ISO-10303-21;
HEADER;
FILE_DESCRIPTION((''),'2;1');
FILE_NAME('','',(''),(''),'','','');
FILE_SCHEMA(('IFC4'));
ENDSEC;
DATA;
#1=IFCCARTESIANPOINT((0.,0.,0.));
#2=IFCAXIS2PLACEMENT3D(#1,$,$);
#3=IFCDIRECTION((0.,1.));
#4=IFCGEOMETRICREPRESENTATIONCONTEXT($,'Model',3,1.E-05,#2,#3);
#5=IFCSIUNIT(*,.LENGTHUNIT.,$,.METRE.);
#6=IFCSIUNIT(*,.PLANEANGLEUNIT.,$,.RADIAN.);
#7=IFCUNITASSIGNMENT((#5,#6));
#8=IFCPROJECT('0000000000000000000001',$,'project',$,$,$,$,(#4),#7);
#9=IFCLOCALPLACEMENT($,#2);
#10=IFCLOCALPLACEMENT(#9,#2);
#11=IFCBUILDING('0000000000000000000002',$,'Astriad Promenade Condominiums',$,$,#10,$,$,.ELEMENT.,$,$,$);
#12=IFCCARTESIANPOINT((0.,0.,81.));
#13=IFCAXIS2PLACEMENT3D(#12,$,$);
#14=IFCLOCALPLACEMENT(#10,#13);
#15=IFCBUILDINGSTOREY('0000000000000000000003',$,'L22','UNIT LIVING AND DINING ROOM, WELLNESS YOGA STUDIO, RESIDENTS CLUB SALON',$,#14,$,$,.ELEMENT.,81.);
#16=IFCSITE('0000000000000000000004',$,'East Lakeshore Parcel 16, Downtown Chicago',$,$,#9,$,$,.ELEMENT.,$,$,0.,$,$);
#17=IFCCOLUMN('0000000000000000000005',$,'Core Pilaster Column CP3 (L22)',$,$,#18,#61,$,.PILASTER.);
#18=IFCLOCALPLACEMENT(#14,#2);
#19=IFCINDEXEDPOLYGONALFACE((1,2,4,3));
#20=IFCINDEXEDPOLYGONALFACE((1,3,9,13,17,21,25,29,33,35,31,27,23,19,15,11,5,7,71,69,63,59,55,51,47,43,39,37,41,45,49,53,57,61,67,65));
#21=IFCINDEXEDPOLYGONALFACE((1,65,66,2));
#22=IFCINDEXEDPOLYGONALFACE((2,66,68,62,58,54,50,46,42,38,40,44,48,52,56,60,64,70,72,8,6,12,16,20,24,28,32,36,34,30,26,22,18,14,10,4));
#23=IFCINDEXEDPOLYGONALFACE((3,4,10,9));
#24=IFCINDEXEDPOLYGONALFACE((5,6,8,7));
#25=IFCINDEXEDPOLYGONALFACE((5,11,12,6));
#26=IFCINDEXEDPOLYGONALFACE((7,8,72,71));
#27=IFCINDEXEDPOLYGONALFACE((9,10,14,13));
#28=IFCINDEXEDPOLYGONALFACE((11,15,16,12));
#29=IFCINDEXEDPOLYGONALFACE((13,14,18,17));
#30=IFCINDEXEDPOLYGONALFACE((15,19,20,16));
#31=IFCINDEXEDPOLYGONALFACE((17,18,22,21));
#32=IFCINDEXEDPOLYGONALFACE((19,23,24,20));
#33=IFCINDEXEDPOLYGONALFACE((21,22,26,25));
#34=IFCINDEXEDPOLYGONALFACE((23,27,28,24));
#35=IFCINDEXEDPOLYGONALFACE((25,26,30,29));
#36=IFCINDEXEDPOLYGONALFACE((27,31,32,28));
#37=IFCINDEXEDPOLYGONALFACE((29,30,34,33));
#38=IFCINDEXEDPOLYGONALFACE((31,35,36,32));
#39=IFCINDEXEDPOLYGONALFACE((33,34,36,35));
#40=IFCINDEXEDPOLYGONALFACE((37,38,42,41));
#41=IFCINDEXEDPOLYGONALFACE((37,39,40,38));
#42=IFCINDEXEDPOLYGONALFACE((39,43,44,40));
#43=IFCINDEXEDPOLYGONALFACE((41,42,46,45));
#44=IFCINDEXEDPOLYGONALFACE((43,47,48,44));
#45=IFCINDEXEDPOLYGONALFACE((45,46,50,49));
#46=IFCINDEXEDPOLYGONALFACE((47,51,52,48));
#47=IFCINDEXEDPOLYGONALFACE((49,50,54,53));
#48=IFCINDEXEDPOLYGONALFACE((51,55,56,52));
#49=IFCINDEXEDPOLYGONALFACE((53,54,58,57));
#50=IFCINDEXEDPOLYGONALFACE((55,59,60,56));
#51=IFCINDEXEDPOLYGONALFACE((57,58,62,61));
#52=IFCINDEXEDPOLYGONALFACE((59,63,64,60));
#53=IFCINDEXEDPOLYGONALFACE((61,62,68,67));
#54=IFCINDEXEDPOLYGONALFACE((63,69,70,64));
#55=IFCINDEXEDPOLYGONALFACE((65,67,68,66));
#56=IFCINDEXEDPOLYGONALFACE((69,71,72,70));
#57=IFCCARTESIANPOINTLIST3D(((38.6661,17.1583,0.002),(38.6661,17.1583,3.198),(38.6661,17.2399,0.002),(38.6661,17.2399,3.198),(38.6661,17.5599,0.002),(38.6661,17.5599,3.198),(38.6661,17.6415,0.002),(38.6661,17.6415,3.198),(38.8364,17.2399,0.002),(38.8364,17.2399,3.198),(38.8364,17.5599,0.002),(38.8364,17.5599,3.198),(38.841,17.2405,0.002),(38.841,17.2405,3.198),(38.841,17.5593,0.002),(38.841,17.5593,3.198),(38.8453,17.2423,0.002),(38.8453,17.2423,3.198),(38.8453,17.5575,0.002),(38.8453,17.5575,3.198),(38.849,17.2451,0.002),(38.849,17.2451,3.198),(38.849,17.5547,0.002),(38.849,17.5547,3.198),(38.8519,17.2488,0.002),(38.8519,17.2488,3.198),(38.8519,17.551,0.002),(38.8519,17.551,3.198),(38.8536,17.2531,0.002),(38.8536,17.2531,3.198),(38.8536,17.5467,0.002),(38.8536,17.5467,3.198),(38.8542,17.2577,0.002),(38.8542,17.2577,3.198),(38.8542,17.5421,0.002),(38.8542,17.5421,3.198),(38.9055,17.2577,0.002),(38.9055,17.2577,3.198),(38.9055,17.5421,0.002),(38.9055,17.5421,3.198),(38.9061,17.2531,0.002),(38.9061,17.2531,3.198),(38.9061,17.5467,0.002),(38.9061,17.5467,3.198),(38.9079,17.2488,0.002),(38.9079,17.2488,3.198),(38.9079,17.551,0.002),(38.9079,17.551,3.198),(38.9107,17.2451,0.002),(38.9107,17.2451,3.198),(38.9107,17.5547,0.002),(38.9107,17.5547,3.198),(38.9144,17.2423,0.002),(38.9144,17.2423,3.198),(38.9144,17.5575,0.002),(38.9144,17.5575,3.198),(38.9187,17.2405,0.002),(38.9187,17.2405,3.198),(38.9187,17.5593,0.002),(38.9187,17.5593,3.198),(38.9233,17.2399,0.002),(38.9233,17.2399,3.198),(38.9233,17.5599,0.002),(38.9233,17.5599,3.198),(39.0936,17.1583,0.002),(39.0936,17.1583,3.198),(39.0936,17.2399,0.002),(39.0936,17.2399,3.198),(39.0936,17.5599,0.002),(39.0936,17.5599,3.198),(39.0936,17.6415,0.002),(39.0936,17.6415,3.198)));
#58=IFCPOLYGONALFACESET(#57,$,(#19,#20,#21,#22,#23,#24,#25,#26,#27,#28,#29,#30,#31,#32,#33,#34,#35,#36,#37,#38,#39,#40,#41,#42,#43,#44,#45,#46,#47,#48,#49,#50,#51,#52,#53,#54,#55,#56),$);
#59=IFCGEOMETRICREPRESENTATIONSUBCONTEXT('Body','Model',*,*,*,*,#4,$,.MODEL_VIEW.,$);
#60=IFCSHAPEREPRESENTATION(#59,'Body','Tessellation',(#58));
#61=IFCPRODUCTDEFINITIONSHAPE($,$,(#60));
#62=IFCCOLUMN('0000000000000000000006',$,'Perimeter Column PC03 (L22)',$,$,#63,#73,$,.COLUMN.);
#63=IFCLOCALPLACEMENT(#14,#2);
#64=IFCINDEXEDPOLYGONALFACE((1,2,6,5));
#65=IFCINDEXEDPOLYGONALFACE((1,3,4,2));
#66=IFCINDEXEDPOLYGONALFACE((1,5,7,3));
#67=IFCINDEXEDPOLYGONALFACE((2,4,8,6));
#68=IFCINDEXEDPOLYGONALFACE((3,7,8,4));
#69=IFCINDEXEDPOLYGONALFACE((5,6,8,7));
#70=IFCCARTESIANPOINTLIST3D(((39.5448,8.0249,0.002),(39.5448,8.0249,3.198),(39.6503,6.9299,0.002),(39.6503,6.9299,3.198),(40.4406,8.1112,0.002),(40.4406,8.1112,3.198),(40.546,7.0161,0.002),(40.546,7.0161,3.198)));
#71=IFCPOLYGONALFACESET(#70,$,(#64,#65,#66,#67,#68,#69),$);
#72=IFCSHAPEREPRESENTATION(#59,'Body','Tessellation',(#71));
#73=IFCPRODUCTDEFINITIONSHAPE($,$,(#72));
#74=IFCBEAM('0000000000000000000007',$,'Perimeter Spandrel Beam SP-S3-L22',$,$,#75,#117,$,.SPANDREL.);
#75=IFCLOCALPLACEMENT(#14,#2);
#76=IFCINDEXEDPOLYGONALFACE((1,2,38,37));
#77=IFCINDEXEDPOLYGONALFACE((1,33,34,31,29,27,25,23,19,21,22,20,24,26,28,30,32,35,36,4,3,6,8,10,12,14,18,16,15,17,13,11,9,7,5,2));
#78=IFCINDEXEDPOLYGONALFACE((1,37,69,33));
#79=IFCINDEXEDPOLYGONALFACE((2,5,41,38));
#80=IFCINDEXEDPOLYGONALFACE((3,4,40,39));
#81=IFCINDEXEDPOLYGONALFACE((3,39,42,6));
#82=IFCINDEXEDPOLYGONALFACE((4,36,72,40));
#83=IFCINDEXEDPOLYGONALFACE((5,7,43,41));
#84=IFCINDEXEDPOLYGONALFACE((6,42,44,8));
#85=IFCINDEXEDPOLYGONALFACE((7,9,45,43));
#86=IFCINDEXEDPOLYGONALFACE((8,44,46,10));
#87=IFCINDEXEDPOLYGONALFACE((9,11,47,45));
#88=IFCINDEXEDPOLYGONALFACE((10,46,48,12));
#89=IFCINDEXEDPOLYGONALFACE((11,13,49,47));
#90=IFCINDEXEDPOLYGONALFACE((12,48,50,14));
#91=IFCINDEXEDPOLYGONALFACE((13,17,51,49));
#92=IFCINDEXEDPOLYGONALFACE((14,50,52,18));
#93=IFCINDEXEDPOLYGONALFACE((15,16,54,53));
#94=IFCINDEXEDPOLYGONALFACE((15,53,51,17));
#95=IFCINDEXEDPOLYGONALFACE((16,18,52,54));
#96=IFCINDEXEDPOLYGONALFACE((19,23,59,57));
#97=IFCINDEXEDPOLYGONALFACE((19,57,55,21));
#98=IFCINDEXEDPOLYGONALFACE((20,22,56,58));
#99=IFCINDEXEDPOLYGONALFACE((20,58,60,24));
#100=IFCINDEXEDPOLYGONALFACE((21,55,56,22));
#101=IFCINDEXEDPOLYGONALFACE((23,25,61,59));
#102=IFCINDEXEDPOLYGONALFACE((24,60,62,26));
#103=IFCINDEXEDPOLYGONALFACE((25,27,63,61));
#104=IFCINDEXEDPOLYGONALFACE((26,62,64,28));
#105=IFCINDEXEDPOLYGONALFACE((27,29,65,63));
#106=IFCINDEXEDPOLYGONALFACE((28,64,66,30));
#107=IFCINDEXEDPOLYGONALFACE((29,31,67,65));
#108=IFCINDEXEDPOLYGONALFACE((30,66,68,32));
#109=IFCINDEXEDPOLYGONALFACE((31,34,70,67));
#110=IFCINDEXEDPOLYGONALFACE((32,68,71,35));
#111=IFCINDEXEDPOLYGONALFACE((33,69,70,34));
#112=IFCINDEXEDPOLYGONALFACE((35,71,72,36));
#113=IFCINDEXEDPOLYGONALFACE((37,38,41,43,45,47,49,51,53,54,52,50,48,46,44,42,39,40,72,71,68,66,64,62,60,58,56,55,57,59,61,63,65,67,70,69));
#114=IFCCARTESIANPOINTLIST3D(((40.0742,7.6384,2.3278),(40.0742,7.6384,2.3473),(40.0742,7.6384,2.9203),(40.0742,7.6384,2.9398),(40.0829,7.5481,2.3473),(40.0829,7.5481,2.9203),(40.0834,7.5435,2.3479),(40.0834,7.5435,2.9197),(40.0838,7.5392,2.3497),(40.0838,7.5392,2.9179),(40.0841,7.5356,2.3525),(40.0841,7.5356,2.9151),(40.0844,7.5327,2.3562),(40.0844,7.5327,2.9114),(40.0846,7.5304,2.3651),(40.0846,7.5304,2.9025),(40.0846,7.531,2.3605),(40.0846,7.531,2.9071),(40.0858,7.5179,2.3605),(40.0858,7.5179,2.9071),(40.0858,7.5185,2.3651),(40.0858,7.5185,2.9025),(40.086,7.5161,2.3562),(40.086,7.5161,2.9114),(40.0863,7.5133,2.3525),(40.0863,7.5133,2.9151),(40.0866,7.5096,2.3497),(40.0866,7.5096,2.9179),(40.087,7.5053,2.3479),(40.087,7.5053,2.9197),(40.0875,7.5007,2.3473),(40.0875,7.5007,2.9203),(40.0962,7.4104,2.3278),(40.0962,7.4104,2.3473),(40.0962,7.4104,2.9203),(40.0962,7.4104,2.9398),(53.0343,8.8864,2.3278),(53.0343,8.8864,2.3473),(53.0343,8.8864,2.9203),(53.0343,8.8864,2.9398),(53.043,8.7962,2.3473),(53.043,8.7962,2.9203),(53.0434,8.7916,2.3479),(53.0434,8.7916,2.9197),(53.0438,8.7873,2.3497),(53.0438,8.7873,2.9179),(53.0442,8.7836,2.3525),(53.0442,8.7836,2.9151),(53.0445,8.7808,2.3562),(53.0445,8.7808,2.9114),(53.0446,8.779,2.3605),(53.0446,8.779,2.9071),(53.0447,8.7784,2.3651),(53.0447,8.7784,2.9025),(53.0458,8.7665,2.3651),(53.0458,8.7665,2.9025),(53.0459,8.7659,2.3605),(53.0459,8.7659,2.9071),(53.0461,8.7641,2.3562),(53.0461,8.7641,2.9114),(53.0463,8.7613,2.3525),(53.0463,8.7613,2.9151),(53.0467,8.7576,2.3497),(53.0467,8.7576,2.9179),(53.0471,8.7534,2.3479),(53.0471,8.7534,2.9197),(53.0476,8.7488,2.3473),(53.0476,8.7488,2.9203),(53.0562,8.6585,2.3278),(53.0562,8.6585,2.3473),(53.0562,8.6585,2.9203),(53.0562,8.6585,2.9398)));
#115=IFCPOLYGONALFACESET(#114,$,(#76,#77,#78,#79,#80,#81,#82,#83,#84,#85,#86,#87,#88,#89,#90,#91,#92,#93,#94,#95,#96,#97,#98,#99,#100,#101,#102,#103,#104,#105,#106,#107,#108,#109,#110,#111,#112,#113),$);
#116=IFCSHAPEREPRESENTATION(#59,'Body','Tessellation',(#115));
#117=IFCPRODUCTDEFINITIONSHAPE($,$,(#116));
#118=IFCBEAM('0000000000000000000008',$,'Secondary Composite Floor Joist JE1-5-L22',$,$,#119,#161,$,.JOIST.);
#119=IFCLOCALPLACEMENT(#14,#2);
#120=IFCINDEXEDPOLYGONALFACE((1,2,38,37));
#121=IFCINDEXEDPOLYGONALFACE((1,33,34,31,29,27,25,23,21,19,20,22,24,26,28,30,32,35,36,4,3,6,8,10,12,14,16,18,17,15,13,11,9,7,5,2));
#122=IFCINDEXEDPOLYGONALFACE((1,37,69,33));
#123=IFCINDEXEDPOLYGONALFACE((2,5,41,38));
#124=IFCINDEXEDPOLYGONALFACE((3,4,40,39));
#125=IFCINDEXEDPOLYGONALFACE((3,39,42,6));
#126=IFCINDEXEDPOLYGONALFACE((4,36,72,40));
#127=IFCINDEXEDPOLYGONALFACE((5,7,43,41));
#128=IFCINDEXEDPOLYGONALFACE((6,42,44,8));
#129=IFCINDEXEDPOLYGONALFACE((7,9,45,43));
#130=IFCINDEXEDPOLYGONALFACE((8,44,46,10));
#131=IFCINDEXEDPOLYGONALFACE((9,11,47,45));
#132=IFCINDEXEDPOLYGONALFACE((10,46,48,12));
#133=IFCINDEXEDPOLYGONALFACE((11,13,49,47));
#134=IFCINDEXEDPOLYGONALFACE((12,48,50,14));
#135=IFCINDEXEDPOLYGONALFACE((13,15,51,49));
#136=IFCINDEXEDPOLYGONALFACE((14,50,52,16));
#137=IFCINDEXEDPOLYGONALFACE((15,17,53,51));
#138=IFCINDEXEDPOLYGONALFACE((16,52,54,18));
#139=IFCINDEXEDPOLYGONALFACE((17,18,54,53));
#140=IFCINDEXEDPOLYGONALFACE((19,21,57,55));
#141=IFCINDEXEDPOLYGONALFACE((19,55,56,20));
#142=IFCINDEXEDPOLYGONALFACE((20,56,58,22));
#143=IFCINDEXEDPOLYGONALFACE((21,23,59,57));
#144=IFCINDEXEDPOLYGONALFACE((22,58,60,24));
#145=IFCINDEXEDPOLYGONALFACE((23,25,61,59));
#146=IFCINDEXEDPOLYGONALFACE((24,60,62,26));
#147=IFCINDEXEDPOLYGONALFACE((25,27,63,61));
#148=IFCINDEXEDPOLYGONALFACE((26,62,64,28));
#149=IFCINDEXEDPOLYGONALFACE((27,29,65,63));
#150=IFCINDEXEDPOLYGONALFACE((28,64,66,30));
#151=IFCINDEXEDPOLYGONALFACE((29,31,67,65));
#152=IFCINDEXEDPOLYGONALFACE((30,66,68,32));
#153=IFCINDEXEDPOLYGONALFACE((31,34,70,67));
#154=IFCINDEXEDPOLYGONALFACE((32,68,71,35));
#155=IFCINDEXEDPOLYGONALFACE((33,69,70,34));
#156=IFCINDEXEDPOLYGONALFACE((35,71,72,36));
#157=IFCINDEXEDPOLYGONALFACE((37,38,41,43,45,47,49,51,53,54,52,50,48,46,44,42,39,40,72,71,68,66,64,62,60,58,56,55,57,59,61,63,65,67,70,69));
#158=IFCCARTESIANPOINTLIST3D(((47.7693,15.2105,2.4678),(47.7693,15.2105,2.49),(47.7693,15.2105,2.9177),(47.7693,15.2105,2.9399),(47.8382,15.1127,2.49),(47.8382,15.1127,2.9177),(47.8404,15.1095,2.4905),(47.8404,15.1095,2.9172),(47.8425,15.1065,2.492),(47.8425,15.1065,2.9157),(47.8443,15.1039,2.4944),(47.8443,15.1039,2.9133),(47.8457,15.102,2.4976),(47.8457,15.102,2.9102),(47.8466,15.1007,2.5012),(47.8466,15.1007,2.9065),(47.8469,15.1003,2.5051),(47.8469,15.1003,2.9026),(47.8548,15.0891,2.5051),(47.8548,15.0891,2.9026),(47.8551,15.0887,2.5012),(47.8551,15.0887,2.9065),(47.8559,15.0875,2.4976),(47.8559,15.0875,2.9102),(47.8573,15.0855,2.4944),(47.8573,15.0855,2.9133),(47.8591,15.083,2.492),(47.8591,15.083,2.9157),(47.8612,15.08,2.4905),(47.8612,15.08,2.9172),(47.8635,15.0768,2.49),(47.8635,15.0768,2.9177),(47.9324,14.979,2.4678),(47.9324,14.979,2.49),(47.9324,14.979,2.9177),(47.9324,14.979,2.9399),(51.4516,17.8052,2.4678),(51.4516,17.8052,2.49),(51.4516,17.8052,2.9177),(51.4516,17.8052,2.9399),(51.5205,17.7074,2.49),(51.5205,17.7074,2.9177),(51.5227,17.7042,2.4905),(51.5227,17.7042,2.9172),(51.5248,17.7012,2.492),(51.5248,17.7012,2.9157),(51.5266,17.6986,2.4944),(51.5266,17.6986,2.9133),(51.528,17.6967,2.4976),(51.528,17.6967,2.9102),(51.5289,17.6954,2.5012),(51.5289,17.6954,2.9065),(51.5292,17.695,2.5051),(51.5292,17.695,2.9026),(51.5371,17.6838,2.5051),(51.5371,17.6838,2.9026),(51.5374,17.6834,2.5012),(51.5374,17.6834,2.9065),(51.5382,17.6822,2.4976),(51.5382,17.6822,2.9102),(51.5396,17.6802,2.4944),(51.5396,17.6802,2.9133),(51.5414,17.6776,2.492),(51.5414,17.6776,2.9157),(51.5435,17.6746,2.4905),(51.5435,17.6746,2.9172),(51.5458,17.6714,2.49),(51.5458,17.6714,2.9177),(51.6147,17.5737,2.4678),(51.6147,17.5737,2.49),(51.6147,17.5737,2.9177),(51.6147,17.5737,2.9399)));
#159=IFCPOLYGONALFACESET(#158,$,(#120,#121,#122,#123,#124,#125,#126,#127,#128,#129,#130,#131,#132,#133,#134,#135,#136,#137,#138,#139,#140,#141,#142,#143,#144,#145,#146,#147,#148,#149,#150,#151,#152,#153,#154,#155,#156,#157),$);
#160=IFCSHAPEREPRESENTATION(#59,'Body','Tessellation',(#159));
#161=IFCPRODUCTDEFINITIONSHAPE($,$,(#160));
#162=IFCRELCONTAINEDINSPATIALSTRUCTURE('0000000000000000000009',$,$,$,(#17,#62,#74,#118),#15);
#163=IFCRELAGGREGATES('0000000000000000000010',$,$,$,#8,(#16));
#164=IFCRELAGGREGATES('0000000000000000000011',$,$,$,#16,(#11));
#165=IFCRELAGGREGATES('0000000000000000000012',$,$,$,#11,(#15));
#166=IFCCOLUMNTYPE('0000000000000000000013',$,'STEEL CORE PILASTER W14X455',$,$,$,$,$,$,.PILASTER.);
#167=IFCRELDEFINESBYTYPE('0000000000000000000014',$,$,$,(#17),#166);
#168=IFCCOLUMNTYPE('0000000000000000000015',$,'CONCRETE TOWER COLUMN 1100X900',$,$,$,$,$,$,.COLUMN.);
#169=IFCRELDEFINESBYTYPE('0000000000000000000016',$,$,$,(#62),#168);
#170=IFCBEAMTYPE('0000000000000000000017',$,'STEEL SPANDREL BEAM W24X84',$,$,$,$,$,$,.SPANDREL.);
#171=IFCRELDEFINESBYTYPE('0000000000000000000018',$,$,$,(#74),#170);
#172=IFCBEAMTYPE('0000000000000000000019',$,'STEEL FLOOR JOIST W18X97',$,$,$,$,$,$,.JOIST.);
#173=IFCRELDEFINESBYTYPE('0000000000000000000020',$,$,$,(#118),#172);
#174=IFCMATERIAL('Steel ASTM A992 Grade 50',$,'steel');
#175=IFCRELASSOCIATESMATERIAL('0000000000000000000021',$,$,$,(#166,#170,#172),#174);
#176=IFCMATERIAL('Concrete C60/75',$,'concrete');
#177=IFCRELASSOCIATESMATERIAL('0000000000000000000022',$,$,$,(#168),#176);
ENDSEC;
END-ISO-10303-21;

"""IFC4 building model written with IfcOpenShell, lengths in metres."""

from ifc_helpers import new_model, si_unit, direction, frame, origin, origin_2d, place, context, subcontext, project, spatial, rectangle, i_section, extrude, source, transform, mapped, material, material_profile, profile_set, type_object, type_shapes, element, save


model = new_model("IFC4")

# Units and contexts
model_context = context("Model", 3, precision=1e-05, world=origin(), true_north=direction((0.0, 1.0)))
body_context = subcontext(model_context, "Body", "Model", "MODEL_VIEW")
ifc_project = project(units=[si_unit("LENGTHUNIT", "METRE"), si_unit("PLANEANGLEUNIT", "RADIAN")], contexts=[model_context])

# Site, building, storey
site_placement = place(None, origin())
site = spatial("IfcSite", under=ifc_project, at=site_placement, Name="East Lakeshore Parcel 16, Downtown Chicago", CompositionType="ELEMENT", RefElevation=0.0)
building_placement = place(site_placement, origin())
building = spatial("IfcBuilding", under=site, at=building_placement, Name="Astriad Promenade Condominiums", CompositionType="ELEMENT")
storey_placement = place(building_placement, frame((0.0, 0.0, 81.0)))
storey = spatial("IfcBuildingStorey", under=building, at=storey_placement, Name="L22", Description="UNIT LIVING AND DINING ROOM, WELLNESS YOGA STUDIO, RESIDENTS CLUB SALON", CompositionType="ELEMENT", Elevation=81.0)

# Columns
ifc_material_1 = material(Name="Steel ASTM A992 Grade 50", Category="steel")
ifc_material_profile_1 = material_profile(ifc_material_1, i_section(OverallWidth=0.4275, OverallDepth=0.4832, WebThickness=0.0513, FlangeThickness=0.0815, FilletRadius=0.0178, at=origin_2d()), Name="W14X455")
ifc_profile_set_1 = profile_set([ifc_material_profile_1], Name="Steel ASTM A992 Grade 50")
column_type_1 = type_object("IfcColumnType", Name="STEEL CORE PILASTER W14X455", PredefinedType="PILASTER", material=ifc_profile_set_1)
shared_shape_1 = source(origin(), body_context, "Body", "SweptSolid", [
    extrude(i_section(OverallWidth=0.4275, OverallDepth=0.4832, WebThickness=0.0513, FlangeThickness=0.0815, FilletRadius=0.0178, at=origin_2d()), origin(), (0.0, 0.0, 1.0), 3.196),
])
type_shapes(column_type_1, [shared_shape_1])
column_1_placement = place(storey_placement, frame((38.8799, 17.3999, 0.002), z_axis=(0.0, 0.0, 1.0), x_axis=(1.0, 0.0, 0.0)))
element("IfcColumn", 1, at=column_1_placement, inside=storey, type_object=column_type_1, Name="Core Pilaster Column CP3 (L22)", PredefinedType="PILASTER", context=body_context, shape_type="MappedRepresentation", body=[
    mapped(shared_shape_1, transform((0.0, 0.0, 0.0), scale=1.0)),
])
ifc_material_2 = material(Name="Concrete C60/75", Category="concrete")
ifc_material_profile_2 = material_profile(ifc_material_2, rectangle(XDim=0.8999, YDim=1.1001, at=origin_2d()), Name="RC-COL-1100X900")
ifc_profile_set_2 = profile_set([ifc_material_profile_2], Name="Concrete C60/75")
column_type_2 = type_object("IfcColumnType", Name="CONCRETE TOWER COLUMN 1100X900", PredefinedType="COLUMN", material=ifc_profile_set_2)
shared_shape_2 = source(origin(), body_context, "Body", "SweptSolid", [
    extrude(rectangle(XDim=0.8999, YDim=1.1001, at=origin_2d()), origin(), (0.0, 0.0, 1.0), 3.196),
])
type_shapes(column_type_2, [shared_shape_2])
column_2_placement = place(storey_placement, frame((40.0454, 7.5205, 0.002), z_axis=(0.0, 0.0, 1.0), x_axis=(0.995396, 0.095846, 0.0)))
element("IfcColumn", 2, at=column_2_placement, inside=storey, type_object=column_type_2, Name="Perimeter Column PC03 (L22)", PredefinedType="COLUMN", context=body_context, shape_type="MappedRepresentation", body=[
    mapped(shared_shape_2, transform((0.0, 0.0, 0.0), scale=1.0)),
])

# Beams
ifc_material_profile_3 = material_profile(ifc_material_1, i_section(OverallWidth=0.229, OverallDepth=0.6121, WebThickness=0.012, FlangeThickness=0.0195, FilletRadius=0.0178, at=origin_2d()), Name="W24X84")
ifc_profile_set_3 = profile_set([ifc_material_profile_3], Name="Steel ASTM A992 Grade 50")
beam_type_1 = type_object("IfcBeamType", Name="STEEL SPANDREL BEAM W24X84", PredefinedType="SPANDREL", material=ifc_profile_set_3)
shared_shape_3 = source(origin(), body_context, "Body", "SweptSolid", [
    extrude(i_section(OverallWidth=0.229, OverallDepth=0.6121, WebThickness=0.012, FlangeThickness=0.0195, FilletRadius=0.0178, at=origin_2d()), origin(), (0.0, 0.0, 1.0), 13.02),
])
type_shapes(beam_type_1, [shared_shape_3])
beam_1_placement = place(storey_placement, frame((40.0852, 7.5244, 2.6338), z_axis=(0.995395, 0.095857, 0.0), x_axis=(-0.095857, 0.995395, 0.0)))
element("IfcBeam", 3, at=beam_1_placement, inside=storey, type_object=beam_type_1, Name="Perimeter Spandrel Beam SP-S3-L22", PredefinedType="SPANDREL", context=body_context, shape_type="MappedRepresentation", body=[
    mapped(shared_shape_3, transform((0.0, 0.0, 0.0), scale=1.0)),
])
ifc_material_profile_4 = material_profile(ifc_material_1, i_section(OverallWidth=0.2832, OverallDepth=0.4722, WebThickness=0.0137, FlangeThickness=0.0222, FilletRadius=0.0151, at=origin_2d()), Name="W18X97")
ifc_profile_set_4 = profile_set([ifc_material_profile_4], Name="Steel ASTM A992 Grade 50")
beam_type_2 = type_object("IfcBeamType", Name="STEEL FLOOR JOIST W18X97", PredefinedType="JOIST", material=ifc_profile_set_4)
shared_shape_4 = source(origin(), body_context, "Body", "SweptSolid", [
    extrude(i_section(OverallWidth=0.2832, OverallDepth=0.4722, WebThickness=0.0137, FlangeThickness=0.0222, FilletRadius=0.0151, at=origin_2d()), origin(), (0.0, 0.0, 1.0), 4.5046),
])
beam_2_placement = place(storey_placement, frame((47.8508, 15.0947, 2.7039), z_axis=(0.817448, 0.576002, 0.0), x_axis=(-0.576002, 0.817448, 0.0)))
element("IfcBeam", 4, at=beam_2_placement, inside=storey, type_object=beam_type_2, Name="Secondary Composite Floor Joist JE1-5-L22", PredefinedType="JOIST", context=body_context, shape_type="MappedRepresentation", body=[
    mapped(shared_shape_4, transform((0.0, 0.0, 0.0), scale=1.0)),
])

save(model, "model.ifc")
